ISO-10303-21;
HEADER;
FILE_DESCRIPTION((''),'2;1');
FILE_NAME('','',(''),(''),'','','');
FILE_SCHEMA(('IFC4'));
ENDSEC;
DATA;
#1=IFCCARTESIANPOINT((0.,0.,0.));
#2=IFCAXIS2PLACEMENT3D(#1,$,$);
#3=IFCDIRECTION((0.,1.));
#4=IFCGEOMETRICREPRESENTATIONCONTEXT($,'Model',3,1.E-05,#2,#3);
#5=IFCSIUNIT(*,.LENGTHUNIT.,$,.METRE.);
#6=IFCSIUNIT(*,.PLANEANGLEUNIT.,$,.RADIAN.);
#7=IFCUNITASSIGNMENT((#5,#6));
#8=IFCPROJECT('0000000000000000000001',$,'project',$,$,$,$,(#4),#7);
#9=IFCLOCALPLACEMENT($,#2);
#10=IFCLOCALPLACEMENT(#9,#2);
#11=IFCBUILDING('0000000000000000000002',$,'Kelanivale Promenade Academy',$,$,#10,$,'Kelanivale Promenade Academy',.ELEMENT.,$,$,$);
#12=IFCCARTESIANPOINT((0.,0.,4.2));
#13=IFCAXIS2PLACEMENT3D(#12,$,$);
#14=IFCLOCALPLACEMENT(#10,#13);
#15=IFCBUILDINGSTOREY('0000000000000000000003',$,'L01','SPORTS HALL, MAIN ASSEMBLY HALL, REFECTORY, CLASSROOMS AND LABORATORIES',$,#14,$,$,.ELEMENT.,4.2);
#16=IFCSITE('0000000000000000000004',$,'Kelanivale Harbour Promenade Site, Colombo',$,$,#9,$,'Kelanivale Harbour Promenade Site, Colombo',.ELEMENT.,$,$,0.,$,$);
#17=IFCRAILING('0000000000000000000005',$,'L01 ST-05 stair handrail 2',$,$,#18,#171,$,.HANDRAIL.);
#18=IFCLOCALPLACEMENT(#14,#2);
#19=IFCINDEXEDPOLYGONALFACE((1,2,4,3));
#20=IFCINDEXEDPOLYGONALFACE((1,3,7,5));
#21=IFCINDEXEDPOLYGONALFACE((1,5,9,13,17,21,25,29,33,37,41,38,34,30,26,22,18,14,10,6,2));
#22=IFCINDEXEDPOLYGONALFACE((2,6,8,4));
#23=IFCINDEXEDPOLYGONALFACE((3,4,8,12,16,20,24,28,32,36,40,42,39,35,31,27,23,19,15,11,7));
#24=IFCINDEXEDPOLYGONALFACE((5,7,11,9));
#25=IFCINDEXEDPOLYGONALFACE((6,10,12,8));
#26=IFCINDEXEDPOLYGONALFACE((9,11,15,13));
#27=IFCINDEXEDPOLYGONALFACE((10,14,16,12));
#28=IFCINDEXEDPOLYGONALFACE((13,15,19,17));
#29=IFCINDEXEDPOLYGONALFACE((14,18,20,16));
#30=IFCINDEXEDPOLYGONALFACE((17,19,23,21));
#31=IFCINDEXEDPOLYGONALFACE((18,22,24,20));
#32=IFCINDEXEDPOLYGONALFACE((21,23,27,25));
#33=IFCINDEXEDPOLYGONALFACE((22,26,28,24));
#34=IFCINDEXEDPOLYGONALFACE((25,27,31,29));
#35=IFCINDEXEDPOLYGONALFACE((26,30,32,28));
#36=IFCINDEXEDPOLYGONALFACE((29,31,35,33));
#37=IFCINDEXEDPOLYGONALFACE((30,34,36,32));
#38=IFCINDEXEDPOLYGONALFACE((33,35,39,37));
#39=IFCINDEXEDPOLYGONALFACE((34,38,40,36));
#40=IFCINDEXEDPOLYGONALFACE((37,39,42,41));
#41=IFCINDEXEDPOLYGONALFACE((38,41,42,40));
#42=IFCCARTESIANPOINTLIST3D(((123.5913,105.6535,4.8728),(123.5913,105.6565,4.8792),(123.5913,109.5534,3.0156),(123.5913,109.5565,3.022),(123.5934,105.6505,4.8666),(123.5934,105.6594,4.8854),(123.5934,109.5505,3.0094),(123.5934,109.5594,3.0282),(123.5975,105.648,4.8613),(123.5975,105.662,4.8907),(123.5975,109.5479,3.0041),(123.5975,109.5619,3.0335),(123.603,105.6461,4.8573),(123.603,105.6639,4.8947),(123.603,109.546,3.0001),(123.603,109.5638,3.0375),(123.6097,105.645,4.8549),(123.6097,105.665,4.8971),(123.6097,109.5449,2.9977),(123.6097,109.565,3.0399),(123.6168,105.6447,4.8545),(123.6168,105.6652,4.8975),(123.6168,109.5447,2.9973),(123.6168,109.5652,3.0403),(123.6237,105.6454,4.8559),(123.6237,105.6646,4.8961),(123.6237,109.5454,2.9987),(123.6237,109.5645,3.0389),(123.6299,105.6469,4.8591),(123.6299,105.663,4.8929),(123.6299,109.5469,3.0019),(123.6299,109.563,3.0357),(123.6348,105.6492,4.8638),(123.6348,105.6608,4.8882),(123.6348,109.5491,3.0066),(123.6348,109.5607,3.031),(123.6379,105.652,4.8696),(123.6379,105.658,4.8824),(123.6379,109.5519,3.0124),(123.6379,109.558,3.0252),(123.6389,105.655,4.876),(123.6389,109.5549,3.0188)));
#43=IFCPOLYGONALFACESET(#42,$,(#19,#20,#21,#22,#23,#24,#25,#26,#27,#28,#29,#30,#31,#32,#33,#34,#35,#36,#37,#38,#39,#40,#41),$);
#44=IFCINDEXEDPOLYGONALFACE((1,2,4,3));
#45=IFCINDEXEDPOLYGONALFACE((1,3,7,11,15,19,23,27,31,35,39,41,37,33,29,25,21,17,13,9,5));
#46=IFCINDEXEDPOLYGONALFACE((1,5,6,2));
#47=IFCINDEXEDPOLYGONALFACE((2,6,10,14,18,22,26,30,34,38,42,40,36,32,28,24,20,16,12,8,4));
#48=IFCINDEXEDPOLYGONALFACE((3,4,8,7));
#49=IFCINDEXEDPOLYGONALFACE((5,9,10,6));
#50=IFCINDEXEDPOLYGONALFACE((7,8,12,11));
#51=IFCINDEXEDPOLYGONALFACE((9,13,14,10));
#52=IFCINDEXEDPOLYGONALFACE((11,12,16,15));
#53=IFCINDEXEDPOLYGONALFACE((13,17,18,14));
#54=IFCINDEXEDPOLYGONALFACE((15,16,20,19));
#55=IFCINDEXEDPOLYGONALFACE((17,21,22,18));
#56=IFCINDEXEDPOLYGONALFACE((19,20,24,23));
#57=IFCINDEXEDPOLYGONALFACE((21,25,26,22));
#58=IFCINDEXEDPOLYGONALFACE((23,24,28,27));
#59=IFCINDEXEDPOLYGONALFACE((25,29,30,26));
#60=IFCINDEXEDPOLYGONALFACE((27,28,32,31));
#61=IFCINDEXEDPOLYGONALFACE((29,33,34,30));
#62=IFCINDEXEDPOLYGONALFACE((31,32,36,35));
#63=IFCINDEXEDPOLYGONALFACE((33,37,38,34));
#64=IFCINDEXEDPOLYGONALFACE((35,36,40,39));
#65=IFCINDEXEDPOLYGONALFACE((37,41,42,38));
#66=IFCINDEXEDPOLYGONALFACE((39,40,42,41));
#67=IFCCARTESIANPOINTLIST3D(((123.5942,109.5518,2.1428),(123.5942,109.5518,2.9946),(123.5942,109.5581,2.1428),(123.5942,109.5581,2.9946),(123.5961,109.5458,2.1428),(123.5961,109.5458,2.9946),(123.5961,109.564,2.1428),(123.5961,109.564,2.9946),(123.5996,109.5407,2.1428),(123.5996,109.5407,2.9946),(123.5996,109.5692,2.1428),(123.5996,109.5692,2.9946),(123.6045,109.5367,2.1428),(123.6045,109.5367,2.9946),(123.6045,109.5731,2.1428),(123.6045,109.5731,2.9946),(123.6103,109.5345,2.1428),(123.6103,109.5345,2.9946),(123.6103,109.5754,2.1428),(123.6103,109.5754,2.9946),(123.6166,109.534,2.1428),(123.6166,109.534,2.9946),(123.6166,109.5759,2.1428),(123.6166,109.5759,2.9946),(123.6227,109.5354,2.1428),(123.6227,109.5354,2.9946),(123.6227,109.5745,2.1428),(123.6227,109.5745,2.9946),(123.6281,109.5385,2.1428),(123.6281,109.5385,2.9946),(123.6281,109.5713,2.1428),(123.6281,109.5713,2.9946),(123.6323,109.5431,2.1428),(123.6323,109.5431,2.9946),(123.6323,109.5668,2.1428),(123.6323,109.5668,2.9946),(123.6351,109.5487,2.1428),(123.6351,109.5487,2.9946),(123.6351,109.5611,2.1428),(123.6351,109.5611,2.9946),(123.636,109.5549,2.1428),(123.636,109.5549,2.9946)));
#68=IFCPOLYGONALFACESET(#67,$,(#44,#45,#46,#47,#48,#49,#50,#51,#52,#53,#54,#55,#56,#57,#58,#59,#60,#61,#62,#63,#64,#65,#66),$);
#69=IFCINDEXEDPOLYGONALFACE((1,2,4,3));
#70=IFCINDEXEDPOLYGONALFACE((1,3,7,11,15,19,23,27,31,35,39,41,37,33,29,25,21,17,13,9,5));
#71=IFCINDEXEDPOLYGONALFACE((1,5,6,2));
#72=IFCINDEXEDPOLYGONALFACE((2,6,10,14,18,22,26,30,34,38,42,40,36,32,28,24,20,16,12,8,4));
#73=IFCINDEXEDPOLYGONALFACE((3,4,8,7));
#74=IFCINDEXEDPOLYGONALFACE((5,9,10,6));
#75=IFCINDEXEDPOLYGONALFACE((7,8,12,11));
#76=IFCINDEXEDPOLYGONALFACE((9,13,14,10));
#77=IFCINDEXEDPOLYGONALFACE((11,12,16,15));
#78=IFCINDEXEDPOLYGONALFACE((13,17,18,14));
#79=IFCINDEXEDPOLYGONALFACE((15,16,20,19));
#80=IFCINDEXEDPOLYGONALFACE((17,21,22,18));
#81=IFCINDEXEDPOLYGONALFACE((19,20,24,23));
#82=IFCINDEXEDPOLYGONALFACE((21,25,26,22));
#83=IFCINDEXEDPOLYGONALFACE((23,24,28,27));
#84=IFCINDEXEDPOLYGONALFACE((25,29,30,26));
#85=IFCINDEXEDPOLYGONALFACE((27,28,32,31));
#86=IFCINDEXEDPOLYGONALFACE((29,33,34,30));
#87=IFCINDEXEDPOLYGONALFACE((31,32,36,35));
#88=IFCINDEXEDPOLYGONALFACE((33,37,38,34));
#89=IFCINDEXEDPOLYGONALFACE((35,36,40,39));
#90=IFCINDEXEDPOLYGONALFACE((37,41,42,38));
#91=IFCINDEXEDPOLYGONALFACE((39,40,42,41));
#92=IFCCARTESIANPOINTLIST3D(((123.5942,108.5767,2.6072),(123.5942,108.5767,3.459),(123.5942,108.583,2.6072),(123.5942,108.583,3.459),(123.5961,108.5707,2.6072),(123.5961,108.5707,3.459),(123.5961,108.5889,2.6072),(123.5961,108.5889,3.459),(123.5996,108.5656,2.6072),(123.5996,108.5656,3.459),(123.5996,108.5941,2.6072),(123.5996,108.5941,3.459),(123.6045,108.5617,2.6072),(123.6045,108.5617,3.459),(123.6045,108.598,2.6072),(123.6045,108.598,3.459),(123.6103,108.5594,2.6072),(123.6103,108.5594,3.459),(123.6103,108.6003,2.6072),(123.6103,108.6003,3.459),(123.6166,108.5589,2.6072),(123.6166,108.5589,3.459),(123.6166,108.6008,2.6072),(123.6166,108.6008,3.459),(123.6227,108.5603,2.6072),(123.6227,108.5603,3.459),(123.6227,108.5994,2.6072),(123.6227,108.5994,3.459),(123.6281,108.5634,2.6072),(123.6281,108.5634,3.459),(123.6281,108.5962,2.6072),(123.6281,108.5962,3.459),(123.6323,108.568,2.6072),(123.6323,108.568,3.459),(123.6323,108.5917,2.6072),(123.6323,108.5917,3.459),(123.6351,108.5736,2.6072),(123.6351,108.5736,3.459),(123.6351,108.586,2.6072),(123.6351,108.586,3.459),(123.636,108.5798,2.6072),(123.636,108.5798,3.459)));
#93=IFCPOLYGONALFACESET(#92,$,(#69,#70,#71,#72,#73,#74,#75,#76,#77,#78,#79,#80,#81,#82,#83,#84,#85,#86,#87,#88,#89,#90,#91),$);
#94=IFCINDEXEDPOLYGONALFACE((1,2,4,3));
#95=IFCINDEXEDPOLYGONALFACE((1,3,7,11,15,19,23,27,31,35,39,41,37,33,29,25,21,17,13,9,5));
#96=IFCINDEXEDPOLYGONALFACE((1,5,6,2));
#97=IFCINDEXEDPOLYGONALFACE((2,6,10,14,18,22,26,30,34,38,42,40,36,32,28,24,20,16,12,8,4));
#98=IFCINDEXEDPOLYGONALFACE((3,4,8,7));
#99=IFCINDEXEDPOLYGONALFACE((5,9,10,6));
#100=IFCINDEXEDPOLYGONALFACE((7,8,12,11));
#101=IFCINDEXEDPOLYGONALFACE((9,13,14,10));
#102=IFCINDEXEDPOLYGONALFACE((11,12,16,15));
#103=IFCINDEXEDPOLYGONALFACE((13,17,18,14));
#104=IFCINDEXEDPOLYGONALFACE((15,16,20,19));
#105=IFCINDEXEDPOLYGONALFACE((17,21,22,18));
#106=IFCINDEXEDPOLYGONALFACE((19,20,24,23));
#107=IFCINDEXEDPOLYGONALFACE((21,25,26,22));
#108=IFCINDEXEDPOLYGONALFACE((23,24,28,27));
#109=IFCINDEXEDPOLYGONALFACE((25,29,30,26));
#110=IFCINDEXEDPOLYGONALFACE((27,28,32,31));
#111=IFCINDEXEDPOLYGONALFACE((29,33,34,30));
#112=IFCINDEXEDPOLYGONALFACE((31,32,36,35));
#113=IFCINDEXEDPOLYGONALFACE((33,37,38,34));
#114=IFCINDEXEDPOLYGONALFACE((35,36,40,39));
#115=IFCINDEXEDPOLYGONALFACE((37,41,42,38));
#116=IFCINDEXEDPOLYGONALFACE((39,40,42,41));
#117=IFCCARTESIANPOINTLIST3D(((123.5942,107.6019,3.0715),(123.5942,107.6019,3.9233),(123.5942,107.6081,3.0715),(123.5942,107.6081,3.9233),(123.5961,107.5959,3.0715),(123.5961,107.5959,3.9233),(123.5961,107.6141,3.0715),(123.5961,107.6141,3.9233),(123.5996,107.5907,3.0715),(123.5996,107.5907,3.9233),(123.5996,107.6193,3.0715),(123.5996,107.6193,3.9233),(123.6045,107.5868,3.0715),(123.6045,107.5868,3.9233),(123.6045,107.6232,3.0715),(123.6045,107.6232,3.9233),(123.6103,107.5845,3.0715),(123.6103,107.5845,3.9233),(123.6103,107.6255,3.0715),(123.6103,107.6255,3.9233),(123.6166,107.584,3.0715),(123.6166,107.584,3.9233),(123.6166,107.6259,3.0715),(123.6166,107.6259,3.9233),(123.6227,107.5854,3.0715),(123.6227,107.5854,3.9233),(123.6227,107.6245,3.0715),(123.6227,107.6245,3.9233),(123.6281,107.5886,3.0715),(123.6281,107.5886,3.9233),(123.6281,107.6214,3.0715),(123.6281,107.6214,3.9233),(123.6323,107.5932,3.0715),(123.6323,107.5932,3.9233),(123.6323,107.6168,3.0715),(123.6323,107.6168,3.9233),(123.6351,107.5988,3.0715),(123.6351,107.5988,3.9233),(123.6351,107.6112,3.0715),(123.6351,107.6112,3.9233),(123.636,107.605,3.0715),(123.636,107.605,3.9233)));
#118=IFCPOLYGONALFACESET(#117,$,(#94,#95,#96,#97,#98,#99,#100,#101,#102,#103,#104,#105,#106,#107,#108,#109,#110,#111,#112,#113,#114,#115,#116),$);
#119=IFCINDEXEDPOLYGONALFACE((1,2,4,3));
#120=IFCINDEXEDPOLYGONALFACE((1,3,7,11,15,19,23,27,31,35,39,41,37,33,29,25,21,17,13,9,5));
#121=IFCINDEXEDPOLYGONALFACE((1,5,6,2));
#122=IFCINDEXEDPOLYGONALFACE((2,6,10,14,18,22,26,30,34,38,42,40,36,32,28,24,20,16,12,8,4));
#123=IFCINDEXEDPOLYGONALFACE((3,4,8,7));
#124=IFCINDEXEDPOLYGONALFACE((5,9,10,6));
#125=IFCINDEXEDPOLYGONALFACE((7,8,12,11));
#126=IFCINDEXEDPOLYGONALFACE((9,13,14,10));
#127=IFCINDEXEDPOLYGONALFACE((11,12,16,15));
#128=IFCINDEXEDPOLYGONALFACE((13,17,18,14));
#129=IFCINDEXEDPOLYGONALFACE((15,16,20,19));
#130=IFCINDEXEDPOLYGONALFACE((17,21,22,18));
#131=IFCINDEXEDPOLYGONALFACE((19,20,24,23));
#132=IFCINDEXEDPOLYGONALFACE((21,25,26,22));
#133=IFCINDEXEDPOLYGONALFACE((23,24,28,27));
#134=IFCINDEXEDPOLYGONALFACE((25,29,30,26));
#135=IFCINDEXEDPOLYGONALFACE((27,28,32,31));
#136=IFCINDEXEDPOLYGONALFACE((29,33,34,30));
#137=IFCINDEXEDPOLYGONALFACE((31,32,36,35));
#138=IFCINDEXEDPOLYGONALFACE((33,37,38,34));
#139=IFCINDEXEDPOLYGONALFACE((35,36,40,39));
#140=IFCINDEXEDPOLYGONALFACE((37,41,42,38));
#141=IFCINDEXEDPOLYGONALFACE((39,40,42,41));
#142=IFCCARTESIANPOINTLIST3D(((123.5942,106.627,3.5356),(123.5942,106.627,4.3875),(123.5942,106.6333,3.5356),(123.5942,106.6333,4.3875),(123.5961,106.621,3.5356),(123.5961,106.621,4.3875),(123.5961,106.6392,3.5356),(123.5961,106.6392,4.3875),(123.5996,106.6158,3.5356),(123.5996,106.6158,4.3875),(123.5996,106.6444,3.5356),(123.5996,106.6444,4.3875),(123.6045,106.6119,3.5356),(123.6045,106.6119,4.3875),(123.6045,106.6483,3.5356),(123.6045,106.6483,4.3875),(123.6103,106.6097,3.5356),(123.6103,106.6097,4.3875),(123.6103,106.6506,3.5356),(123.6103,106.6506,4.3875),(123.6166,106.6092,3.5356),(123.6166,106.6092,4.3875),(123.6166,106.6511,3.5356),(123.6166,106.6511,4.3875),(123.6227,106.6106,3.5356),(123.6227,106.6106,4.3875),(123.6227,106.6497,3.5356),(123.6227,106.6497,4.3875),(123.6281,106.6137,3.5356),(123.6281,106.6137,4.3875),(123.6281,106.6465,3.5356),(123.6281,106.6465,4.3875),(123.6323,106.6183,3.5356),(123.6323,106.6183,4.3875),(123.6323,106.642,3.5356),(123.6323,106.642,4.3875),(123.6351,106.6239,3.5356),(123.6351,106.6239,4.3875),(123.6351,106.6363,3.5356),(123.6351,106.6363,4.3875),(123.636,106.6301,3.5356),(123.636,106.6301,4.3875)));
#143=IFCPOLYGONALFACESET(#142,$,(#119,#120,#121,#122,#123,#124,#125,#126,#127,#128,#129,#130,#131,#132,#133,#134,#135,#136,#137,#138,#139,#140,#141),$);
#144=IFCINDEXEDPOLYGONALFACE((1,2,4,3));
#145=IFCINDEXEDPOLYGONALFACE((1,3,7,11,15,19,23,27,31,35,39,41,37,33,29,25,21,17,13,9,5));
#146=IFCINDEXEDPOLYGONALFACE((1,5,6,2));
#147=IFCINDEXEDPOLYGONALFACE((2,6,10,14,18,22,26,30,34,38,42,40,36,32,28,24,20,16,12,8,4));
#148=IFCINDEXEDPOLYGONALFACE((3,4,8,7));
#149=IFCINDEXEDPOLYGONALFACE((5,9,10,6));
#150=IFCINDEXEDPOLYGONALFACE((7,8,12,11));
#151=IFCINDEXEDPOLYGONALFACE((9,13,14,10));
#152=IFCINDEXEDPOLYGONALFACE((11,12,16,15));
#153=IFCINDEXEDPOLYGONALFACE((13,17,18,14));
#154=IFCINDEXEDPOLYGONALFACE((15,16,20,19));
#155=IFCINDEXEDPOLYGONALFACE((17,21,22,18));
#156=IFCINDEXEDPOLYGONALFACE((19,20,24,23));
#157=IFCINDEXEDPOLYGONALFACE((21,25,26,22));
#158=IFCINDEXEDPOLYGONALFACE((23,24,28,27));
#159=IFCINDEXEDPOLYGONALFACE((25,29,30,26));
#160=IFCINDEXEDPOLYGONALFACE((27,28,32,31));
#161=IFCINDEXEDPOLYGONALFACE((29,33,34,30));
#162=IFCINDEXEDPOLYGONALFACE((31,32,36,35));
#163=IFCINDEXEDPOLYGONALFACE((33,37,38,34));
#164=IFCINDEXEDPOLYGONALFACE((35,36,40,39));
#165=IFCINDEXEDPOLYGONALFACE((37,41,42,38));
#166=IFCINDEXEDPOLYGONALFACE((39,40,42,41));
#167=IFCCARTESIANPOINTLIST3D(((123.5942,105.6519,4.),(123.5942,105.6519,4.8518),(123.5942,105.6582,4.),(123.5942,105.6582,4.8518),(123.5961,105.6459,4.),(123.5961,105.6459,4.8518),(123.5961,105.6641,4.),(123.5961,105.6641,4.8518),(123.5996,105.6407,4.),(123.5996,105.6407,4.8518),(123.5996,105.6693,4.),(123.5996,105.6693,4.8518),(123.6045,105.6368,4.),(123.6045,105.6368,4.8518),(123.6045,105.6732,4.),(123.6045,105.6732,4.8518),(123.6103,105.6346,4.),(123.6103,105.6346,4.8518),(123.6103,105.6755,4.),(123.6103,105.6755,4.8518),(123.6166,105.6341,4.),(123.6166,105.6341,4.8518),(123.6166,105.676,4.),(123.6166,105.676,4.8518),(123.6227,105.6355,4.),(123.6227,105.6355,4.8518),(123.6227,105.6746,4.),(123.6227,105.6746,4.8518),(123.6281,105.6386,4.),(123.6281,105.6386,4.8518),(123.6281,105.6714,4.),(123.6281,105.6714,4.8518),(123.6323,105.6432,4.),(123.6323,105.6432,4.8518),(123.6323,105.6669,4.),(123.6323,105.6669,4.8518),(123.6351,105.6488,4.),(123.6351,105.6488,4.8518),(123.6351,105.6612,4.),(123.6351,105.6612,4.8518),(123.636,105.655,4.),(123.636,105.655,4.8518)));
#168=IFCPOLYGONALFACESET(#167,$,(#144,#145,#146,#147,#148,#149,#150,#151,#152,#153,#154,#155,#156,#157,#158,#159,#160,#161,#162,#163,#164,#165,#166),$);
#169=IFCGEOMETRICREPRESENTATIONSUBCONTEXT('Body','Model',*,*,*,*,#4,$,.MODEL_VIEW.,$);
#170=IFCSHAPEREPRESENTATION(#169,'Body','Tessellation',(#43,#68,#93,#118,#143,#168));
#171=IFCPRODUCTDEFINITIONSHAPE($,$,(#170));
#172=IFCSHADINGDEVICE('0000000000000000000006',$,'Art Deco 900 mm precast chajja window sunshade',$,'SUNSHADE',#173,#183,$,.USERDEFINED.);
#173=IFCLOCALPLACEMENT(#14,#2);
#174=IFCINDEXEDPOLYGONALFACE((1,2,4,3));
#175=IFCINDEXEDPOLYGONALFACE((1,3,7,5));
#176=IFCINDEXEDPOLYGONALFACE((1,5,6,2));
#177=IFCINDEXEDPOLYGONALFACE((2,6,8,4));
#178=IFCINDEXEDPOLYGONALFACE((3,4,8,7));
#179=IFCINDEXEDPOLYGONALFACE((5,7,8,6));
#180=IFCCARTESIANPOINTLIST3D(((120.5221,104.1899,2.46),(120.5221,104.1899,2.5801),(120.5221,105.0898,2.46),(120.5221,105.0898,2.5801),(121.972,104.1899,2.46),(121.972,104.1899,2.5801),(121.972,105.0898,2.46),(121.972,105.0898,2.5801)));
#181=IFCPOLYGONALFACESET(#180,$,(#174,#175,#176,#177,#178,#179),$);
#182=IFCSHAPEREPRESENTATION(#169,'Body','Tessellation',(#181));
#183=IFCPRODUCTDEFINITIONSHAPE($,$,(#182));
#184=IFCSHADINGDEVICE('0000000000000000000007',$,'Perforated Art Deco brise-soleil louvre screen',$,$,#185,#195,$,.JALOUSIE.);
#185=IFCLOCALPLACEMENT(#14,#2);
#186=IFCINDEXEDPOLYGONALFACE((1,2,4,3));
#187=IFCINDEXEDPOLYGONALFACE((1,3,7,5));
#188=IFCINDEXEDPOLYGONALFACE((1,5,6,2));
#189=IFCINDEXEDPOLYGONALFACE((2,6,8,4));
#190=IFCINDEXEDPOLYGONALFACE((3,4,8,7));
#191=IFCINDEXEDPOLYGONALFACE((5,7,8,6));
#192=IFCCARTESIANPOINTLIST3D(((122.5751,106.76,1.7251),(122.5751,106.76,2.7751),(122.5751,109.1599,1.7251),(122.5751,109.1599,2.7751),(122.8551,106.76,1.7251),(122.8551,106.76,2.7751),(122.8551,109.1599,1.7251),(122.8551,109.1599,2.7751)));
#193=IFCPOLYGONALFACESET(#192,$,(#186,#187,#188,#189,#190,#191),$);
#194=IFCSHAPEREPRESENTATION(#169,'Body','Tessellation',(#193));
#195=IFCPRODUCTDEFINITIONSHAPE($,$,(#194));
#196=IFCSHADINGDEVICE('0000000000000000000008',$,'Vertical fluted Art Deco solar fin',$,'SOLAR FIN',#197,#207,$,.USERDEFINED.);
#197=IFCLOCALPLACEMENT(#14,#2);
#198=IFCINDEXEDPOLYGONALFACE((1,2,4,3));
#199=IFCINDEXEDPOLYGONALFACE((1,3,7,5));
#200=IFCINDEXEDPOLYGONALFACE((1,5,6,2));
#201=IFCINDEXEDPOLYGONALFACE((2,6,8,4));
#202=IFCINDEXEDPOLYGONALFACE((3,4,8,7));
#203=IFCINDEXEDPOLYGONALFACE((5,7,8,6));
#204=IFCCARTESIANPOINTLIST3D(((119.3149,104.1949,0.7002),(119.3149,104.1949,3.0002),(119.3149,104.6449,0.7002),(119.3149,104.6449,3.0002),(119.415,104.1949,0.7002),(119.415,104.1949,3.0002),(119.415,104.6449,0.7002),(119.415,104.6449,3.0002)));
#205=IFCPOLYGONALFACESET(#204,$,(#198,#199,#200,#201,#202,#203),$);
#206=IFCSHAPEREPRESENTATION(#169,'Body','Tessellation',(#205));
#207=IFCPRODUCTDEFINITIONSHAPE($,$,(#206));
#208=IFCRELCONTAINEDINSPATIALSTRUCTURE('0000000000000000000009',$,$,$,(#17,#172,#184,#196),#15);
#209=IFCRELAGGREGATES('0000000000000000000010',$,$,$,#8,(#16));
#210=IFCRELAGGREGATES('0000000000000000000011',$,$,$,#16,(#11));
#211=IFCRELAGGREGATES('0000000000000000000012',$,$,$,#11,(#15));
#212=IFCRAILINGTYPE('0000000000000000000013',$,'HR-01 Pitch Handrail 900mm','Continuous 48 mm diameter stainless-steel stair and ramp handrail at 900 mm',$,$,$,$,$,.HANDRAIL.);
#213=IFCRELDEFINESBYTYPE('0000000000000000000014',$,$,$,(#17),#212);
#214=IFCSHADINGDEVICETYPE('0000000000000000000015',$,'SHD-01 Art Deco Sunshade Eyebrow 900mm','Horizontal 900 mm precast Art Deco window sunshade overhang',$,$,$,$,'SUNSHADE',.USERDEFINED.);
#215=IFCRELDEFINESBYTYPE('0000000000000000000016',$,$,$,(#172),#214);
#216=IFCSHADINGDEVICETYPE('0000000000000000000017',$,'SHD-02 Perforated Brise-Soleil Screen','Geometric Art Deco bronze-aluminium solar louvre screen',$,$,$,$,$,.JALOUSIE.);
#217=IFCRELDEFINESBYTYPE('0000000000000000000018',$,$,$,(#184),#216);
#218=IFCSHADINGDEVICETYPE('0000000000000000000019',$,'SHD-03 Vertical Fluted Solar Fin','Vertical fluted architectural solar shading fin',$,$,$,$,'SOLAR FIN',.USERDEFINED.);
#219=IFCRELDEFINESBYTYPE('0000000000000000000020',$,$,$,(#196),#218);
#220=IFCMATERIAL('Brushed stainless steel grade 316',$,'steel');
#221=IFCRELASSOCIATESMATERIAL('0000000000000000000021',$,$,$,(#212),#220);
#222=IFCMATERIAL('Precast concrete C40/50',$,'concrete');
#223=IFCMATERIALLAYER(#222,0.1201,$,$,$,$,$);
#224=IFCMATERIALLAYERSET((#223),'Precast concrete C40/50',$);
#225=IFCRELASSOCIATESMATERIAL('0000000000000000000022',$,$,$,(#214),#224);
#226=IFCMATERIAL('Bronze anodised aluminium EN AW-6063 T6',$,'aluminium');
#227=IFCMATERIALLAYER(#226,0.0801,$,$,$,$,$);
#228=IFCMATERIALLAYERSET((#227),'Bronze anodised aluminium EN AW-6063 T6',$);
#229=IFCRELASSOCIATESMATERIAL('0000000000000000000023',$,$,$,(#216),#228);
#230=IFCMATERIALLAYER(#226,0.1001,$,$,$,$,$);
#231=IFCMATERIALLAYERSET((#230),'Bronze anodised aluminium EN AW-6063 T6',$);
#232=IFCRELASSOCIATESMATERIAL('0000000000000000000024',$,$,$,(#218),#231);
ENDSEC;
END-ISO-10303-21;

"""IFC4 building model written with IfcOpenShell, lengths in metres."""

from ifc_helpers import new_model, si_unit, direction, frame, origin, origin_2d, place, context, subcontext, project, spatial, rectangle, circle, extrude, material, layer, layer_set, type_object, element, save


model = new_model("IFC4")

# Units and contexts
model_context = context("Model", 3, precision=1e-05, world=origin(), true_north=direction((0.0, 1.0)))
body_context = subcontext(model_context, "Body", "Model", "MODEL_VIEW")
ifc_project = project(units=[si_unit("LENGTHUNIT", "METRE"), si_unit("PLANEANGLEUNIT", "RADIAN")], contexts=[model_context])

# Site, building, storey
site_placement = place(None, origin())
site = spatial("IfcSite", under=ifc_project, at=site_placement, Name="Kelanivale Harbour Promenade Site, Colombo", LongName="Kelanivale Harbour Promenade Site, Colombo", CompositionType="ELEMENT", RefElevation=0.0)
building_placement = place(site_placement, origin())
building = spatial("IfcBuilding", under=site, at=building_placement, Name="Kelanivale Promenade Academy", LongName="Kelanivale Promenade Academy", CompositionType="ELEMENT")
storey_placement = place(building_placement, frame((0.0, 0.0, 4.2)))
storey = spatial("IfcBuildingStorey", under=building, at=storey_placement, Name="L01", Description="SPORTS HALL, MAIN ASSEMBLY HALL, REFECTORY, CLASSROOMS AND LABORATORIES", CompositionType="ELEMENT", Elevation=4.2)

# Railing
ifc_material_1 = material(Name="Brushed stainless steel grade 316", Category="steel")
railing_type_1 = type_object("IfcRailingType", Name="HR-01 Pitch Handrail 900mm", Description="Continuous 48 mm diameter stainless-steel stair and ramp handrail at 900 mm", PredefinedType="HANDRAIL", material=ifc_material_1)
railing_1_placement = place(storey_placement, frame((123.615, 109.5549, 2.1428)))
element("IfcRailing", 1, at=railing_1_placement, inside=storey, type_object=railing_type_1, Name="L01 ST-05 stair handrail 2", PredefinedType="HANDRAIL", context=body_context, shape_type="SweptSolid", body=[
    extrude(circle(Radius=0.0239, at=origin_2d()), frame((0.0, 0.0, 0.876), z_axis=(0.0, -0.902853, 0.429949), x_axis=(1.0, 0.0, 0.0)), (0.0, 0.0, 1.0), 4.3196),
    extrude(circle(Radius=0.021, at=origin_2d()), origin(), (0.0, 0.0, 1.0), 0.8518),
    extrude(circle(Radius=0.021, at=origin_2d()), frame((0.0, -0.9751, 0.4644)), (0.0, 0.0, 1.0), 0.8518),
    extrude(circle(Radius=0.021, at=origin_2d()), frame((0.0, -1.95, 0.9287)), (0.0, 0.0, 1.0), 0.8518),
    extrude(circle(Radius=0.021, at=origin_2d()), frame((0.0, -2.9248, 1.3928)), (0.0, 0.0, 1.0), 0.8518),
    extrude(circle(Radius=0.021, at=origin_2d()), frame((0.0, -3.8999, 1.8572)), (0.0, 0.0, 1.0), 0.8518),
])

# Shading devices
ifc_material_2 = material(Name="Precast concrete C40/50", Category="concrete")
ifc_layer_1 = layer(ifc_material_2, 0.1201)
ifc_layer_set_1 = layer_set([ifc_layer_1], Name="Precast concrete C40/50")
shading_device_type_1 = type_object("IfcShadingDeviceType", Name="SHD-01 Art Deco Sunshade Eyebrow 900mm", Description="Horizontal 900 mm precast Art Deco window sunshade overhang", ElementType="SUNSHADE", PredefinedType="USERDEFINED", material=ifc_layer_set_1)
shading_device_1_placement = place(storey_placement, frame((121.2471, 104.6399, 2.46), z_axis=(0.0, 0.0, 1.0), x_axis=(-1.0, 0.0, 0.0)))
element("IfcShadingDevice", 2, at=shading_device_1_placement, inside=storey, type_object=shading_device_type_1, Name="Art Deco 900 mm precast chajja window sunshade", ObjectType="SUNSHADE", PredefinedType="USERDEFINED", context=body_context, shape_type="SweptSolid", body=[
    extrude(rectangle(XDim=1.45, YDim=0.8999, at=origin_2d()), origin(), (0.0, 0.0, 1.0), 0.1201),
])
ifc_material_3 = material(Name="Bronze anodised aluminium EN AW-6063 T6", Category="aluminium")
ifc_layer_2 = layer(ifc_material_3, 0.0801)
ifc_layer_set_2 = layer_set([ifc_layer_2], Name="Bronze anodised aluminium EN AW-6063 T6")
shading_device_type_2 = type_object("IfcShadingDeviceType", Name="SHD-02 Perforated Brise-Soleil Screen", Description="Geometric Art Deco bronze-aluminium solar louvre screen", PredefinedType="JALOUSIE", material=ifc_layer_set_2)
shading_device_2_placement = place(storey_placement, frame((122.7151, 107.96, 1.7251), z_axis=(0.0, 0.0, 1.0), x_axis=(0.0, -1.0, 0.0)))
element("IfcShadingDevice", 3, at=shading_device_2_placement, inside=storey, type_object=shading_device_type_2, Name="Perforated Art Deco brise-soleil louvre screen", PredefinedType="JALOUSIE", context=body_context, shape_type="SweptSolid", body=[
    extrude(rectangle(XDim=2.3999, YDim=0.28, at=origin_2d()), origin(), (0.0, 0.0, 1.0), 1.05),
])
ifc_layer_3 = layer(ifc_material_3, 0.1001)
ifc_layer_set_3 = layer_set([ifc_layer_3], Name="Bronze anodised aluminium EN AW-6063 T6")
shading_device_type_3 = type_object("IfcShadingDeviceType", Name="SHD-03 Vertical Fluted Solar Fin", Description="Vertical fluted architectural solar shading fin", ElementType="SOLAR FIN", PredefinedType="USERDEFINED", material=ifc_layer_set_3)
shading_device_3_placement = place(storey_placement, frame((119.365, 104.4199, 0.7002), z_axis=(0.0, 0.0, 1.0), x_axis=(-1.0, 0.0, 0.0)))
element("IfcShadingDevice", 4, at=shading_device_3_placement, inside=storey, type_object=shading_device_type_3, Name="Vertical fluted Art Deco solar fin", ObjectType="SOLAR FIN", PredefinedType="USERDEFINED", context=body_context, shape_type="SweptSolid", body=[
    extrude(rectangle(XDim=0.1001, YDim=0.45, at=origin_2d()), origin(), (0.0, 0.0, 1.0), 2.3),
])

save(model, "model.ifc")
